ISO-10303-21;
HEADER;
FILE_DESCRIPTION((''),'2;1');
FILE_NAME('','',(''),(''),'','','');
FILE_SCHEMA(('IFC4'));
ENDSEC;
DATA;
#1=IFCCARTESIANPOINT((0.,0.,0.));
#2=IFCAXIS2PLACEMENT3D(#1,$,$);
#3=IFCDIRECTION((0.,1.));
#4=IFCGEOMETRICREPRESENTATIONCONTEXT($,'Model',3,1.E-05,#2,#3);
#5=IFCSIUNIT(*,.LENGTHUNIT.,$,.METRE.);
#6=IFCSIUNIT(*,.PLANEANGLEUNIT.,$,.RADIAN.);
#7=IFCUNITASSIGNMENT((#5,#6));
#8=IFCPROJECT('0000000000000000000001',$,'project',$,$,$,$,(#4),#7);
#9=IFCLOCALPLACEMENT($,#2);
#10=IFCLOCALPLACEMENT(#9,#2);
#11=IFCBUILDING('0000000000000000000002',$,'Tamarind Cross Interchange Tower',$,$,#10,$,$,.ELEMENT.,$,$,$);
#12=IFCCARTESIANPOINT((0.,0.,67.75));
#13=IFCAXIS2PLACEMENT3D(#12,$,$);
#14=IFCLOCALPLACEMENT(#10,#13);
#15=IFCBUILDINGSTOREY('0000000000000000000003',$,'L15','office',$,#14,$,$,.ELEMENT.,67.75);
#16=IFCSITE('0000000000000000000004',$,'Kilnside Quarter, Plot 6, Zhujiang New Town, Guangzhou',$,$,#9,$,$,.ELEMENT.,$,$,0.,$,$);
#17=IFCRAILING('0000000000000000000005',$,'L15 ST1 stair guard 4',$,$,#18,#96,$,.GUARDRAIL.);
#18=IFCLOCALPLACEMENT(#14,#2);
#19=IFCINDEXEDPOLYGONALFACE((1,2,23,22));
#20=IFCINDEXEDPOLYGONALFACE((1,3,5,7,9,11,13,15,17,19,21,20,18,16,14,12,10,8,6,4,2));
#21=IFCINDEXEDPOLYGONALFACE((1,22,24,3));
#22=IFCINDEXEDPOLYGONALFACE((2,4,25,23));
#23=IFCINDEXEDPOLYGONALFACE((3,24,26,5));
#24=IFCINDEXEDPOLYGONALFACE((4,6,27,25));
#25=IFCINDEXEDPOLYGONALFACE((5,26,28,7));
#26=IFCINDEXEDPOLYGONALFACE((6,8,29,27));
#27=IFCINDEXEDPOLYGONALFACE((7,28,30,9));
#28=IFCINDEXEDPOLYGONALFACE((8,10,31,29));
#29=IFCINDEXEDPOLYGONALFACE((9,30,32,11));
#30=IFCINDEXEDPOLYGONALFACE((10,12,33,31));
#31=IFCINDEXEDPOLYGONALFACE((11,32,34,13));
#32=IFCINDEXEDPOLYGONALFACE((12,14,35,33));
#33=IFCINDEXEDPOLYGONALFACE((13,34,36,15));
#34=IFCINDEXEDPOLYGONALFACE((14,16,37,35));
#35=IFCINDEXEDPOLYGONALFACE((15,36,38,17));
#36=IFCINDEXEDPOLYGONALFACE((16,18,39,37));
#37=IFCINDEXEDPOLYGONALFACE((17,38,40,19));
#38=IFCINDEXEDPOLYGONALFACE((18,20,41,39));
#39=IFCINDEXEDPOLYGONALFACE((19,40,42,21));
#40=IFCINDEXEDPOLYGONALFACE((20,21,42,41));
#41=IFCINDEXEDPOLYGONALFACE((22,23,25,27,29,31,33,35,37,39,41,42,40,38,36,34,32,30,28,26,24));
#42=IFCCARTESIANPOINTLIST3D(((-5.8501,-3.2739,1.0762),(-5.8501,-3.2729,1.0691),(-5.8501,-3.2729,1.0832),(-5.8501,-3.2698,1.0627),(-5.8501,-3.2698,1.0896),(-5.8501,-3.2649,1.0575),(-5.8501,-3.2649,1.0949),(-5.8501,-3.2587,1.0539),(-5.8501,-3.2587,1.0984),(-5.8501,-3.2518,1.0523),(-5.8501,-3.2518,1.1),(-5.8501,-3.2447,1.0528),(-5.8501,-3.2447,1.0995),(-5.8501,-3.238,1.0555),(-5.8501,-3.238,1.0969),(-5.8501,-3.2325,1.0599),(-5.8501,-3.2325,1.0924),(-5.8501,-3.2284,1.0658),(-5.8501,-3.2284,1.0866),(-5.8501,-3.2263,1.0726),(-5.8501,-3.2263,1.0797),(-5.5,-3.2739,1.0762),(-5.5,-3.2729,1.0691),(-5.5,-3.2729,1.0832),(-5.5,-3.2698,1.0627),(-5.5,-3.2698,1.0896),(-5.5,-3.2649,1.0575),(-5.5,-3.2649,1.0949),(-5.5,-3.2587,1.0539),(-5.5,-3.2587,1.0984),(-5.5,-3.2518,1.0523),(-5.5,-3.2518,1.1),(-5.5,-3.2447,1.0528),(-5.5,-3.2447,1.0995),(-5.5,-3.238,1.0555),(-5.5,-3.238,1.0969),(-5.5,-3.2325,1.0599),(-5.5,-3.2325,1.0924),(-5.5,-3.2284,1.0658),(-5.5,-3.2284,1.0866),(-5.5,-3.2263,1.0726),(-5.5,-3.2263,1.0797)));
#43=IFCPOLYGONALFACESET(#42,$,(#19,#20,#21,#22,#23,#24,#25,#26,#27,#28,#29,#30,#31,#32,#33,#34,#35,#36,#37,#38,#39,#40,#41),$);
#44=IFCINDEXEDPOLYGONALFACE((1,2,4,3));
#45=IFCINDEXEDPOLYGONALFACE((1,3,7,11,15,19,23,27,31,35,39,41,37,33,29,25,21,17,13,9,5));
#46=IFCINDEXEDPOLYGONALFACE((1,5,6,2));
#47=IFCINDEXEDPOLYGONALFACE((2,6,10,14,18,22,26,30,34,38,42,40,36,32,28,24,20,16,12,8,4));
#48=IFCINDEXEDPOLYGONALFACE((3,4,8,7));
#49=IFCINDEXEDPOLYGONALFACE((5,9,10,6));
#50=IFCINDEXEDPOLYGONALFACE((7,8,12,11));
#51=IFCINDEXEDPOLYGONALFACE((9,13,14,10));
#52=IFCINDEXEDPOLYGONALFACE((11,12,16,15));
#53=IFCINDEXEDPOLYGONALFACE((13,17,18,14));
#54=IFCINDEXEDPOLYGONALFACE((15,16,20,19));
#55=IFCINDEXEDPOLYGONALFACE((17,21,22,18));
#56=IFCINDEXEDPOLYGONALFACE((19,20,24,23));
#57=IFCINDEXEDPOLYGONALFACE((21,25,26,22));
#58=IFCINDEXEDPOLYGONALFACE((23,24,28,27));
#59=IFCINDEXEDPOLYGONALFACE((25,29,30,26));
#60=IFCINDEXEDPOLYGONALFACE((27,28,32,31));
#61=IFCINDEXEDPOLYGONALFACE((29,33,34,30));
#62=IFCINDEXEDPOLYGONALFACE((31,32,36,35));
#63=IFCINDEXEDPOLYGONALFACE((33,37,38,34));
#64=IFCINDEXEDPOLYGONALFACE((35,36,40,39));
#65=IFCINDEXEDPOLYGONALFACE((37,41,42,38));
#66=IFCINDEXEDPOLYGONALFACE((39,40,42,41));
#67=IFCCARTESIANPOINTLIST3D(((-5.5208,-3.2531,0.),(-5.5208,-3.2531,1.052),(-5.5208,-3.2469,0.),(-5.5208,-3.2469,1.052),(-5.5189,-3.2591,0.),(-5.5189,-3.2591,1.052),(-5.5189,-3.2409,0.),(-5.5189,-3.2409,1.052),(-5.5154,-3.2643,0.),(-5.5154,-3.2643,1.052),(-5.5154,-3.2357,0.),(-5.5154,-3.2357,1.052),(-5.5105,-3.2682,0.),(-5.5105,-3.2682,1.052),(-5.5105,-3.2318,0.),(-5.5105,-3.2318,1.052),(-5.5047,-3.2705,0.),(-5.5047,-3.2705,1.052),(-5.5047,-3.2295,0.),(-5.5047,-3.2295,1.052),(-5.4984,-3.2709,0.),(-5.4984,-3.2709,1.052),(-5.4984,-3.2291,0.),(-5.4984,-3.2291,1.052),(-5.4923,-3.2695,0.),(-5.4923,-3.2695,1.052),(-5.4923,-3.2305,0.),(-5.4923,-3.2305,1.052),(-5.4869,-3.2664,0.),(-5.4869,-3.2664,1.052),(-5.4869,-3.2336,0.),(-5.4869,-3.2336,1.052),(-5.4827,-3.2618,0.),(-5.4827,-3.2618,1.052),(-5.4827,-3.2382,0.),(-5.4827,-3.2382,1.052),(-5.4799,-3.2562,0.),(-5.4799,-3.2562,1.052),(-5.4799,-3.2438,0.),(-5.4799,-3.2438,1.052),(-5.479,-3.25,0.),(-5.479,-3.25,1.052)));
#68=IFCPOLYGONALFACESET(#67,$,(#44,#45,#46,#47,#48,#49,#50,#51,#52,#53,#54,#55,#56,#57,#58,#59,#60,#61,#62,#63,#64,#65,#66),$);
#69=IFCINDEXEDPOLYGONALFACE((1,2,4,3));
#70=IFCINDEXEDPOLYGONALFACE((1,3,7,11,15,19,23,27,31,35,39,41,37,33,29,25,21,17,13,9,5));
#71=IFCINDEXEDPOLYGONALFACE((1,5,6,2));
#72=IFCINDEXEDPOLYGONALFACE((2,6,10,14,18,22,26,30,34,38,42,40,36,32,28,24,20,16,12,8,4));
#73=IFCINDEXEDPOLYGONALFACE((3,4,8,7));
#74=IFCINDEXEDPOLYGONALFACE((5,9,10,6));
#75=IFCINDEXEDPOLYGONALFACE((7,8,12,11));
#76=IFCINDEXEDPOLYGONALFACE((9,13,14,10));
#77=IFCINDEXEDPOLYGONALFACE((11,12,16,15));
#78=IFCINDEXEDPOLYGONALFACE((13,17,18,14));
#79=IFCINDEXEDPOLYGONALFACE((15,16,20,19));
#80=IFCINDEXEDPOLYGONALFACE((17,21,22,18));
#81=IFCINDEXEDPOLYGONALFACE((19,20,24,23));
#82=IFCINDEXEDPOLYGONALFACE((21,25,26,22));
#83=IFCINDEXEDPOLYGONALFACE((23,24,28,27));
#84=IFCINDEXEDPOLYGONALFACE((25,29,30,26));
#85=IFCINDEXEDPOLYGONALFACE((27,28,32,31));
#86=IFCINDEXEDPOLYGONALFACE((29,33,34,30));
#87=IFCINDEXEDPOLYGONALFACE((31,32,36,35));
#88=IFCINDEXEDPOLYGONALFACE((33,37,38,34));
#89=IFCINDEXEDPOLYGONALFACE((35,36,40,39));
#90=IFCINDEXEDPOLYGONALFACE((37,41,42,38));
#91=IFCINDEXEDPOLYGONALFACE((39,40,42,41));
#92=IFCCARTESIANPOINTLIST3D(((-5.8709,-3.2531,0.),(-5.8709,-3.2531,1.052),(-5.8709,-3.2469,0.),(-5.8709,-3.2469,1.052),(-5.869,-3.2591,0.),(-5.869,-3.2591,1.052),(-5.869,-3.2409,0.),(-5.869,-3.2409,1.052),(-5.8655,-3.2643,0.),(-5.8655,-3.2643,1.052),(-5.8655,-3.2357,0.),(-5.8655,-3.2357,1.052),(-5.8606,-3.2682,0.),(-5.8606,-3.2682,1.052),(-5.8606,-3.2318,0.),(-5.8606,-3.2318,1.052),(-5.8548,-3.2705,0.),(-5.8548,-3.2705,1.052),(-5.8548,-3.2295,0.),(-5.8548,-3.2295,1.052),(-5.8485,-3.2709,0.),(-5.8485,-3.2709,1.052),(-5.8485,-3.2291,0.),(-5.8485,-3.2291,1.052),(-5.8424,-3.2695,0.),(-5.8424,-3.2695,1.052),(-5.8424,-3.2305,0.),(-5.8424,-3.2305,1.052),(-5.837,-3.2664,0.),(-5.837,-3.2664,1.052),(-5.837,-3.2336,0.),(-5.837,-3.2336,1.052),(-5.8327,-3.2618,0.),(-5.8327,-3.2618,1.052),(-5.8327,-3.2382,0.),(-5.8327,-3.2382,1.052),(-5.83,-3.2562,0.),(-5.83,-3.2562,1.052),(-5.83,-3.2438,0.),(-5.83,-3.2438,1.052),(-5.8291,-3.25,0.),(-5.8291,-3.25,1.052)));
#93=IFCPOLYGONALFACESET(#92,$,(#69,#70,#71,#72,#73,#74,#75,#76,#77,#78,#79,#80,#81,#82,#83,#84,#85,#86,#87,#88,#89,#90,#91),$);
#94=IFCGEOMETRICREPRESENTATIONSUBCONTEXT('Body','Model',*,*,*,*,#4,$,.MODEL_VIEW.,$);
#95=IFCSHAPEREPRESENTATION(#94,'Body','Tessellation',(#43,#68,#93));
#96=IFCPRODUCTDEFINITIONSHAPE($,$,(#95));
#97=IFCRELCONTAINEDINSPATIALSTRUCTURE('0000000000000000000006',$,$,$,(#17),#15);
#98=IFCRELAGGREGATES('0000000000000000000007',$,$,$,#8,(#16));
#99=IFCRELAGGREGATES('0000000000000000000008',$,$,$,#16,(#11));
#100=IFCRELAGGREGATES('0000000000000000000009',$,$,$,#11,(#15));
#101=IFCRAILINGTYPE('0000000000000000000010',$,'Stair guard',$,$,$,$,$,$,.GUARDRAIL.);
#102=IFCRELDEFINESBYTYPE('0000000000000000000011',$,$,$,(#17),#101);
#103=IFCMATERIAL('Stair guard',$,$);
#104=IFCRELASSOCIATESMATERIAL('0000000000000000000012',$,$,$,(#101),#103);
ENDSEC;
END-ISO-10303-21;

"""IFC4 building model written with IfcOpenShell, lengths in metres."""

from ifc_helpers import new_model, si_unit, direction, frame, origin, origin_2d, place, context, subcontext, project, spatial, circle, extrude, material, type_object, element, save


model = new_model("IFC4")

# Units and contexts
model_context = context("Model", 3, precision=1e-05, world=origin(), true_north=direction((0.0, 1.0)))
body_context = subcontext(model_context, "Body", "Model", "MODEL_VIEW")
ifc_project = project(units=[si_unit("LENGTHUNIT", "METRE"), si_unit("PLANEANGLEUNIT", "RADIAN")], contexts=[model_context])

# Site, building, storey
site_placement = place(None, origin())
site = spatial("IfcSite", under=ifc_project, at=site_placement, Name="Kilnside Quarter, Plot 6, Zhujiang New Town, Guangzhou", CompositionType="ELEMENT", RefElevation=0.0)
building_placement = place(site_placement, origin())
building = spatial("IfcBuilding", under=site, at=building_placement, Name="Tamarind Cross Interchange Tower", CompositionType="ELEMENT")
storey_placement = place(building_placement, frame((0.0, 0.0, 67.75)))
storey = spatial("IfcBuildingStorey", under=building, at=storey_placement, Name="L15", Description="office", CompositionType="ELEMENT", Elevation=67.75)

# Railing
ifc_material_1 = material(Name="Stair guard")
railing_type_1 = type_object("IfcRailingType", Name="Stair guard", PredefinedType="GUARDRAIL", material=ifc_material_1)
railing_1_placement = place(storey_placement, frame((-5.5, -3.25, 0.0)))
element("IfcRailing", 1, at=railing_1_placement, inside=storey, type_object=railing_type_1, Name="L15 ST1 stair guard 4", PredefinedType="GUARDRAIL", context=body_context, shape_type="SweptSolid", body=[
    extrude(circle(Radius=0.0239, at=origin_2d()), frame((0.0, 0.0, 1.0762), z_axis=(-1.0, 0.0, 0.0), x_axis=(0.0, -1.0, 0.0)), (0.0, 0.0, 1.0), 0.3501),
    extrude(circle(Radius=0.021, at=origin_2d()), origin(), (0.0, 0.0, 1.0), 1.052),
    extrude(circle(Radius=0.021, at=origin_2d()), frame((-0.3501, 0.0, 0.0)), (0.0, 0.0, 1.0), 1.052),
])

save(model, "model.ifc")
